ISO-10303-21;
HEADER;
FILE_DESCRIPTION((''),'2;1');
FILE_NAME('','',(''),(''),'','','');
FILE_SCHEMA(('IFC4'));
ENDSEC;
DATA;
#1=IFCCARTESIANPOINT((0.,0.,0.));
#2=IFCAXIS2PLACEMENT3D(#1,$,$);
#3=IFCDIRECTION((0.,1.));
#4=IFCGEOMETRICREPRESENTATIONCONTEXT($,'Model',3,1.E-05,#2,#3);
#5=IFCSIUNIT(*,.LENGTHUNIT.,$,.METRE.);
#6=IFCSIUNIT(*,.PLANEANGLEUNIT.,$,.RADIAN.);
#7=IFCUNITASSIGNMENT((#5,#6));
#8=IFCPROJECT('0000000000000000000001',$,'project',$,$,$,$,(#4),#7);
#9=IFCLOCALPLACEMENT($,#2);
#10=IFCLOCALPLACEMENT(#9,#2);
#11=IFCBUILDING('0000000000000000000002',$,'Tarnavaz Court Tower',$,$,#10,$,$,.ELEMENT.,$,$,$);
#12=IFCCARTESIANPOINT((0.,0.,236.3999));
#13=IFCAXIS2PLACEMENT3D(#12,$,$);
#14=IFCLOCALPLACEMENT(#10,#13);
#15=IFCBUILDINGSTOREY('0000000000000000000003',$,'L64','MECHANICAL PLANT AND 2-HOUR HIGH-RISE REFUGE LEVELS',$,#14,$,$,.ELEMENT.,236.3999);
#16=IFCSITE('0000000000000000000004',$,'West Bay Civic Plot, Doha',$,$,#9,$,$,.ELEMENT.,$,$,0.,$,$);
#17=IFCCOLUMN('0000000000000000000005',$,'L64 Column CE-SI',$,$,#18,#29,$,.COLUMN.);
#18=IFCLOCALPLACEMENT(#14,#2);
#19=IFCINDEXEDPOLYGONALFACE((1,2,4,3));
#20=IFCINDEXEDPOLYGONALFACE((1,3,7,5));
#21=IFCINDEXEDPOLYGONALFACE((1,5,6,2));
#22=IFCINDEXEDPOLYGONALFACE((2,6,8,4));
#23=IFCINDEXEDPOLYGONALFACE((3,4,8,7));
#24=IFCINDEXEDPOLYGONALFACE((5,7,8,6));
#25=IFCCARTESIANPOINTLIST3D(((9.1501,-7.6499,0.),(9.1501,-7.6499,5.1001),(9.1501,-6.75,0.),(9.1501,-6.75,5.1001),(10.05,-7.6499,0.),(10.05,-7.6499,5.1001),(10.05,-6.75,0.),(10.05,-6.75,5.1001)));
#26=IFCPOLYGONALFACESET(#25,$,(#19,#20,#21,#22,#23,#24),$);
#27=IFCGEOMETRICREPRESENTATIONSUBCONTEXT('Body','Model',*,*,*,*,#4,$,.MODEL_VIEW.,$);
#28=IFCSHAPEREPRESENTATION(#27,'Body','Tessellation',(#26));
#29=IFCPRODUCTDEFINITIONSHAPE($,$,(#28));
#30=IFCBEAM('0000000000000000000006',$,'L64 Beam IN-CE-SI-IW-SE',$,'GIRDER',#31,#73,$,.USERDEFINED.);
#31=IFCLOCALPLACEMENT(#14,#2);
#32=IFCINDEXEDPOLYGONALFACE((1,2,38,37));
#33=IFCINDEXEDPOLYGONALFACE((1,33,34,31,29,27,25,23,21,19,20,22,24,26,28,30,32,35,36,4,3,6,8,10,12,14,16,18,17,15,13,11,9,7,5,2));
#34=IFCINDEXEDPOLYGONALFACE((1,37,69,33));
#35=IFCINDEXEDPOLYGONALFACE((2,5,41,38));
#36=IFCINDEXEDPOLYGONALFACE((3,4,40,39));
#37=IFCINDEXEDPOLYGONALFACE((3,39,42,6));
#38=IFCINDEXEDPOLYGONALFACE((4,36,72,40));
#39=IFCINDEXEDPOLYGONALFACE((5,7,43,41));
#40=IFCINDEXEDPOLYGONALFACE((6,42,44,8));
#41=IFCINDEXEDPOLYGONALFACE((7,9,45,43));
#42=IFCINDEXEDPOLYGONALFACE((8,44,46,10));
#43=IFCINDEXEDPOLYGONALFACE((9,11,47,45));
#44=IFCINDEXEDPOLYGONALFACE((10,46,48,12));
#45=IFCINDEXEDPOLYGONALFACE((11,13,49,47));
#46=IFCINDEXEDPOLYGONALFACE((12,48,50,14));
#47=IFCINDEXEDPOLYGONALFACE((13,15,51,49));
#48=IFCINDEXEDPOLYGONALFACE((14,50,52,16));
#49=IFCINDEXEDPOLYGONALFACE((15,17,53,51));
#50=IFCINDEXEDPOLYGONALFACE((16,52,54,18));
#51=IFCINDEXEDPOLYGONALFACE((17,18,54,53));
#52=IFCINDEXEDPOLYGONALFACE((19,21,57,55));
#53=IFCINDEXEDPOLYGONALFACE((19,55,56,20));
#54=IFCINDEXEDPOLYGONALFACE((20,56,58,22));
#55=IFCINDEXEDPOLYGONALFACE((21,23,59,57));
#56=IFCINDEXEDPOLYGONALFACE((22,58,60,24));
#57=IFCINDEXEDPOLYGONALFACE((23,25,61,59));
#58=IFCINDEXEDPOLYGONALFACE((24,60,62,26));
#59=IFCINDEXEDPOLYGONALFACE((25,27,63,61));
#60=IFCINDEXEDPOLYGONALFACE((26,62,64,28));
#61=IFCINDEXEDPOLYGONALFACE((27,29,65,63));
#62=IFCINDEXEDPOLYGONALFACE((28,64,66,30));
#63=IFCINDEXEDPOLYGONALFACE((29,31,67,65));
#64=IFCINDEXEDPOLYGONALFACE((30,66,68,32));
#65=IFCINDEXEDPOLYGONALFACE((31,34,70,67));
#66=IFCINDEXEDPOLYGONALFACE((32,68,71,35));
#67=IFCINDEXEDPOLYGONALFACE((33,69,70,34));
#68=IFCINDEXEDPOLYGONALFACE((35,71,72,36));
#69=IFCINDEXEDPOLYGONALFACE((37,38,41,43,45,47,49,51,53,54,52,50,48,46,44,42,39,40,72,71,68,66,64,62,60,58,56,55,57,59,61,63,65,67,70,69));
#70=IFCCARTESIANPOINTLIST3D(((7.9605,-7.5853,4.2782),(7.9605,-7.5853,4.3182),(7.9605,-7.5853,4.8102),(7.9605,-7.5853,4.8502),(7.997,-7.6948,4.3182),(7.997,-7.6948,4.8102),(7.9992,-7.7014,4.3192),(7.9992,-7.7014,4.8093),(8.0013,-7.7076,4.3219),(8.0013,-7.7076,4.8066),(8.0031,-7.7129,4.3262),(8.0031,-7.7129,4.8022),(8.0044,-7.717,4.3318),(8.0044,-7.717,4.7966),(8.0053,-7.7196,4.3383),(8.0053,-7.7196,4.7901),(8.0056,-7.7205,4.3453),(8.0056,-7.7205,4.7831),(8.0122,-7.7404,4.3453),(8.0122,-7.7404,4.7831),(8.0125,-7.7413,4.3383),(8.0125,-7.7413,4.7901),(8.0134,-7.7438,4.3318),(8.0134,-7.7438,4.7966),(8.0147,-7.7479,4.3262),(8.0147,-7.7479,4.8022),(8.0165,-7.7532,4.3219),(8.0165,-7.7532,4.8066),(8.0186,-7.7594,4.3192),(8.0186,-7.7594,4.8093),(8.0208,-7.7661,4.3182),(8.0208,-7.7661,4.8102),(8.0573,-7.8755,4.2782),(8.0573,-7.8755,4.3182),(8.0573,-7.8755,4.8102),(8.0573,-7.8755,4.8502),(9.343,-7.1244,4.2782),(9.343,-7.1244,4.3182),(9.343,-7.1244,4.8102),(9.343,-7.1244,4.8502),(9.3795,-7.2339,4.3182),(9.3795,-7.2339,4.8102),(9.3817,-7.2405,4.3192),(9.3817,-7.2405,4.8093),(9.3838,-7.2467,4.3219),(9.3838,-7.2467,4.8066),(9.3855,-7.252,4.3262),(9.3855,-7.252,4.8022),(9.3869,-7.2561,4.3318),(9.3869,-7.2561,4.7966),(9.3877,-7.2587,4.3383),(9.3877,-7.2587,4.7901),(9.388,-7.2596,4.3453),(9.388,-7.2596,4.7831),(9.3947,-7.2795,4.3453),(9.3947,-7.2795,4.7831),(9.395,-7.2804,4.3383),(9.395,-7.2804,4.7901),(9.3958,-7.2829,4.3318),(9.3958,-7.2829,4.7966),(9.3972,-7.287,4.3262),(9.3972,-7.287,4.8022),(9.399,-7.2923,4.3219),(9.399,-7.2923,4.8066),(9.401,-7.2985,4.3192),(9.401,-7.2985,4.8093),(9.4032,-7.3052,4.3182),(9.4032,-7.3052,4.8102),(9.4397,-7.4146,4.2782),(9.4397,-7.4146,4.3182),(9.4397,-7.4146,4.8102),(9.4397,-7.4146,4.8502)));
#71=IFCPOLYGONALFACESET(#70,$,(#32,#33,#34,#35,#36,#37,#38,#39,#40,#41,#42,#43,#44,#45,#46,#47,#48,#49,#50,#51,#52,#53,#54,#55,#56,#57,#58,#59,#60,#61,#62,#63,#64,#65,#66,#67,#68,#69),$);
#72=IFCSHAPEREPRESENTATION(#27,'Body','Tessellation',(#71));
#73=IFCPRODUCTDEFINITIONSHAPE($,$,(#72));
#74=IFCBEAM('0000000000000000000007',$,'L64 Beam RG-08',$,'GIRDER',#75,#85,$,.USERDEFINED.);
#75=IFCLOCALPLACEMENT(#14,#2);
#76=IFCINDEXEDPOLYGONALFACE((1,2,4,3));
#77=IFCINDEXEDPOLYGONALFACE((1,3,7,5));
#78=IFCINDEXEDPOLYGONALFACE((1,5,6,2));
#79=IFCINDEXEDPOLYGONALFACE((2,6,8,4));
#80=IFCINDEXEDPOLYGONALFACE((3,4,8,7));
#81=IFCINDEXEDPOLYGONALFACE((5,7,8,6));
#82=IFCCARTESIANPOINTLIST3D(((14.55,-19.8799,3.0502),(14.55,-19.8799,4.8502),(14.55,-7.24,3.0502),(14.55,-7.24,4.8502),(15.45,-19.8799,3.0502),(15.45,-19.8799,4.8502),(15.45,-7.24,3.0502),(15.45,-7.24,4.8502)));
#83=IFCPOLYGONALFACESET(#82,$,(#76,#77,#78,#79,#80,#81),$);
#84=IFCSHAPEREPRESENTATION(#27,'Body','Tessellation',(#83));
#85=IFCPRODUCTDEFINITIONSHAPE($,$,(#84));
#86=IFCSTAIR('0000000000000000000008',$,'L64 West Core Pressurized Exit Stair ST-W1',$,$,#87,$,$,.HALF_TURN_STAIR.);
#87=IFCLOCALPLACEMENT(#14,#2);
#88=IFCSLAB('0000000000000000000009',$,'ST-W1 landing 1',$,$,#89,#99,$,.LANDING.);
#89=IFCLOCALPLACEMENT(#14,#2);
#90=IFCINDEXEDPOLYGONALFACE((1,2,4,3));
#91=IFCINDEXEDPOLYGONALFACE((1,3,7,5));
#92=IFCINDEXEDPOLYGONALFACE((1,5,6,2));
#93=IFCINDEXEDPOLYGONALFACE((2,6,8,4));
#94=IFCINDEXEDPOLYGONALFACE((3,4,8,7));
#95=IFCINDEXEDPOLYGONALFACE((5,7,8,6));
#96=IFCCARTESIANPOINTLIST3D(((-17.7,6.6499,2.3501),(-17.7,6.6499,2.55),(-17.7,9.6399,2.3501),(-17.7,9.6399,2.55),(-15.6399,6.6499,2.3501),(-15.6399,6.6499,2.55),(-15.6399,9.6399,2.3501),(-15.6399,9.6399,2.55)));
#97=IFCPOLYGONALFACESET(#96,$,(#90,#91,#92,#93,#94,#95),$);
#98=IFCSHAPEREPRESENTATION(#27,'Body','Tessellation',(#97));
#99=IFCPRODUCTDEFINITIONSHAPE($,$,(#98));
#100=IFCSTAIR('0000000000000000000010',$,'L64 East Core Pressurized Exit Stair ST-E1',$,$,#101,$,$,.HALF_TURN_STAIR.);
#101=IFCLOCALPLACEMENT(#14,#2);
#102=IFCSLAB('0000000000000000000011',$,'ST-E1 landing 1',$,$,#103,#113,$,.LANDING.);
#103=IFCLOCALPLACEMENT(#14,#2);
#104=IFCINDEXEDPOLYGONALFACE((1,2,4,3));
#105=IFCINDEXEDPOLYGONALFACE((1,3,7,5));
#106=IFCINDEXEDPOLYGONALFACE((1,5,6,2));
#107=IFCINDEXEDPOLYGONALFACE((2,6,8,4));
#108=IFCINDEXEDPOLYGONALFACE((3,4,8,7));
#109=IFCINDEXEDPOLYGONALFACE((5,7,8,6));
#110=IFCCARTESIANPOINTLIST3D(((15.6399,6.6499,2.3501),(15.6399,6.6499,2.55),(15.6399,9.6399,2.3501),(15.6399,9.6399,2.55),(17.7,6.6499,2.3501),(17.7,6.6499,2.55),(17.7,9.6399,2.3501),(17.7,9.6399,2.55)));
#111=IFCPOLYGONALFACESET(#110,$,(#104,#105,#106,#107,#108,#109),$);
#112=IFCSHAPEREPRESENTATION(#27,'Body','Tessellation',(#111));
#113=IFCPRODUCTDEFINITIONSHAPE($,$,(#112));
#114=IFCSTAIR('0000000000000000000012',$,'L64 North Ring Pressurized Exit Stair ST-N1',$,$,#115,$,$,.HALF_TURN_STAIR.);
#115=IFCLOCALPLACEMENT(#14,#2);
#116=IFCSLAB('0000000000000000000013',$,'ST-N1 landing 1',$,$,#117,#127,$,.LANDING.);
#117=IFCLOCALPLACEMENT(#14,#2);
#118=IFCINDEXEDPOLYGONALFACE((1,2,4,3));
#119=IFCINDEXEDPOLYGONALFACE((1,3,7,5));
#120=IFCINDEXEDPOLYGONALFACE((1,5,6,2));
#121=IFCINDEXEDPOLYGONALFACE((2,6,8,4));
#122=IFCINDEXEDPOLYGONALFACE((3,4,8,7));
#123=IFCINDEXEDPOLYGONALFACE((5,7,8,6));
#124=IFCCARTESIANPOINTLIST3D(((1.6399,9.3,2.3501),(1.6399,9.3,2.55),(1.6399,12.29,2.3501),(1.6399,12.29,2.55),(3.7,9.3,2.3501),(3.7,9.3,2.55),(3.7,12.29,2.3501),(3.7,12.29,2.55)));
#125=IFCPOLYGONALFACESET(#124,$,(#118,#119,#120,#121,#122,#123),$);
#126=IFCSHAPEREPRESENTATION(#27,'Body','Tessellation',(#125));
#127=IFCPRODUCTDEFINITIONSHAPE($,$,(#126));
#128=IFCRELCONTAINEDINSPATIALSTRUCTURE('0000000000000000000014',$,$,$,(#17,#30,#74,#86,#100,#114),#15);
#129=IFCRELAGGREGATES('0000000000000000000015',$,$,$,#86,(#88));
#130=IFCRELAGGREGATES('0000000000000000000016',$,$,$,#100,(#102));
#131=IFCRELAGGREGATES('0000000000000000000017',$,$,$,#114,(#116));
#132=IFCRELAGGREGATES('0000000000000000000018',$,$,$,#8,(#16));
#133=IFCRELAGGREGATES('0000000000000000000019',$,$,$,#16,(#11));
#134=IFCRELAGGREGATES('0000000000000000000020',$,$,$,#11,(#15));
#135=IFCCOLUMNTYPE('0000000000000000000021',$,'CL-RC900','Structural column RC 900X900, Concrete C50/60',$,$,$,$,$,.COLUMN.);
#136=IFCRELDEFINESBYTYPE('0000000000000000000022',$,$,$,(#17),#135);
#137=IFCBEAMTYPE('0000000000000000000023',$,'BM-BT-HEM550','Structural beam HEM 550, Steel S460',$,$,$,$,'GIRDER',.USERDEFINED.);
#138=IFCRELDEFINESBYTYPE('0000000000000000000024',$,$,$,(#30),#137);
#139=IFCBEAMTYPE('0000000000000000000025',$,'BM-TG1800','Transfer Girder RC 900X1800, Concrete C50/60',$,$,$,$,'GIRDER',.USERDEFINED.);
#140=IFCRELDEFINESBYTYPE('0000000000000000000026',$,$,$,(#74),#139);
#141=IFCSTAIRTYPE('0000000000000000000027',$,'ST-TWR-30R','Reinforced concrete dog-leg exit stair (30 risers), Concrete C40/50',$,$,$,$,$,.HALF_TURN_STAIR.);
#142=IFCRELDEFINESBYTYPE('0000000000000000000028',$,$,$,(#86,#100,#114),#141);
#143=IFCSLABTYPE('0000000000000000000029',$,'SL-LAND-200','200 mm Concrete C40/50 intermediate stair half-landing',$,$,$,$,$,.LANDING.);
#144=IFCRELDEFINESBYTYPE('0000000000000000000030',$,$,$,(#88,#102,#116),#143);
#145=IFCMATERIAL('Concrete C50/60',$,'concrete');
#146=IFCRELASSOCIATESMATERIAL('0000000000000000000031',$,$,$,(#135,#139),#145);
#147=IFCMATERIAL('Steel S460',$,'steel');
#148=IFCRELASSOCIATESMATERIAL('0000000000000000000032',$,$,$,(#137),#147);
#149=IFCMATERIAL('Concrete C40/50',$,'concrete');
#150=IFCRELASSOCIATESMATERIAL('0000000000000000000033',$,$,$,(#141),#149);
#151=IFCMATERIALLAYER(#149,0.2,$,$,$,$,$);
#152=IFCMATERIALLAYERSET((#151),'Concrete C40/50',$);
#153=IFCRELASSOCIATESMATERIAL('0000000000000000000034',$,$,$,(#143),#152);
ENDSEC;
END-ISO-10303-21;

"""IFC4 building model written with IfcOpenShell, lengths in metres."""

from ifc_helpers import new_model, si_unit, direction, frame, origin, origin_2d, place, context, subcontext, project, spatial, polyline, rectangle, i_section, outline, extrude, material, layer, layer_set, material_profile, profile_set, type_object, element, aggregate, save


model = new_model("IFC4")

# Units and contexts
model_context = context("Model", 3, precision=1e-05, world=origin(), true_north=direction((0.0, 1.0)))
body_context = subcontext(model_context, "Body", "Model", "MODEL_VIEW")
ifc_project = project(units=[si_unit("LENGTHUNIT", "METRE"), si_unit("PLANEANGLEUNIT", "RADIAN")], contexts=[model_context])

# Site, building, storey
site_placement = place(None, origin())
site = spatial("IfcSite", under=ifc_project, at=site_placement, Name="West Bay Civic Plot, Doha", CompositionType="ELEMENT", RefElevation=0.0)
building_placement = place(site_placement, origin())
building = spatial("IfcBuilding", under=site, at=building_placement, Name="Tarnavaz Court Tower", CompositionType="ELEMENT")
storey_placement = place(building_placement, frame((0.0, 0.0, 236.3999)))
storey = spatial("IfcBuildingStorey", under=building, at=storey_placement, Name="L64", Description="MECHANICAL PLANT AND 2-HOUR HIGH-RISE REFUGE LEVELS", CompositionType="ELEMENT", Elevation=236.3999)

# Column
ifc_material_1 = material(Name="Concrete C50/60", Category="concrete")
ifc_material_profile_1 = material_profile(ifc_material_1, rectangle(XDim=0.8999, YDim=0.8999, at=origin_2d()), Name="RC 900X900")
ifc_profile_set_1 = profile_set([ifc_material_profile_1], Name="Concrete C50/60")
column_type = type_object("IfcColumnType", Name="CL-RC900", Description="Structural column RC 900X900, Concrete C50/60", PredefinedType="COLUMN", material=ifc_profile_set_1)
column_placement = place(storey_placement, frame((9.6001, -7.2, 0.0), z_axis=(0.0, 0.0, 1.0), x_axis=(1.0, 0.0, 0.0)))
element("IfcColumn", 1, at=column_placement, inside=storey, type_object=column_type, Name="L64 Column CE-SI", PredefinedType="COLUMN", context=body_context, shape_type="SweptSolid", body=[
    extrude(rectangle(XDim=0.8999, YDim=0.8999, at=origin_2d()), origin(), (0.0, 0.0, 1.0), 5.1001),
])

# Beams
ifc_material_2 = material(Name="Steel S460", Category="steel")
ifc_material_profile_2 = material_profile(ifc_material_2, i_section(OverallWidth=0.3059, OverallDepth=0.572, WebThickness=0.021, FlangeThickness=0.04, FilletRadius=0.0271, at=origin_2d()), Name="HEM 550")
ifc_profile_set_2 = profile_set([ifc_material_profile_2], Name="Steel S460")
beam_type_1 = type_object("IfcBeamType", Name="BM-BT-HEM550", Description="Structural beam HEM 550, Steel S460", ElementType="GIRDER", PredefinedType="USERDEFINED", material=ifc_profile_set_2)
beam_1_placement = place(storey_placement, frame((9.3914, -7.2695, 4.5642), z_axis=(-0.948667, -0.316278, 0.0), x_axis=(0.316278, -0.948667, 0.0)))
element("IfcBeam", 2, at=beam_1_placement, inside=storey, type_object=beam_type_1, Name="L64 Beam IN-CE-SI-IW-SE", ObjectType="GIRDER", PredefinedType="USERDEFINED", context=body_context, shape_type="SweptSolid", body=[
    extrude(i_section(OverallWidth=0.3059, OverallDepth=0.572, WebThickness=0.021, FlangeThickness=0.04, FilletRadius=0.0271, at=origin_2d()), origin(), (0.0, 0.0, 1.0), 1.4573),
])
ifc_material_profile_3 = material_profile(ifc_material_1, rectangle(XDim=0.8999, YDim=1.8, at=origin_2d()), Name="RC 900X1800")
ifc_profile_set_3 = profile_set([ifc_material_profile_3], Name="Concrete C50/60")
beam_type_2 = type_object("IfcBeamType", Name="BM-TG1800", Description="Transfer Girder RC 900X1800, Concrete C50/60", ElementType="GIRDER", PredefinedType="USERDEFINED", material=ifc_profile_set_3)
beam_2_placement = place(storey_placement, frame((15.0, -7.24, 3.9502), z_axis=(0.0, -1.0, 0.0), x_axis=(1.0, 0.0, 0.0)))
element("IfcBeam", 3, at=beam_2_placement, inside=storey, type_object=beam_type_2, Name="L64 Beam RG-08", ObjectType="GIRDER", PredefinedType="USERDEFINED", context=body_context, shape_type="SweptSolid", body=[
    extrude(rectangle(XDim=0.8999, YDim=1.8, at=origin_2d()), origin(), (0.0, 0.0, 1.0), 12.6399),
])

# Stairs, slabs
ifc_material_3 = material(Name="Concrete C40/50", Category="concrete")
stair_type = type_object("IfcStairType", Name="ST-TWR-30R", Description="Reinforced concrete dog-leg exit stair (30 risers), Concrete C40/50", PredefinedType="HALF_TURN_STAIR", material=ifc_material_3)
stair_1_placement = place(storey_placement, origin())
stair_1 = element("IfcStair", 4, at=stair_1_placement, inside=storey, type_object=stair_type, Name="L64 West Core Pressurized Exit Stair ST-W1", PredefinedType="HALF_TURN_STAIR")
ifc_layer_1 = layer(ifc_material_3, 0.2)
ifc_layer_set_1 = layer_set([ifc_layer_1], Name="Concrete C40/50")
slab_type_1 = type_object("IfcSlabType", Name="SL-LAND-200", Description="200 mm Concrete C40/50 intermediate stair half-landing", PredefinedType="LANDING", material=ifc_layer_set_1)
slab_1_placement = place(storey_placement, frame((0.0, 0.0, 2.3501)))
slab_1 = element("IfcSlab", 5, at=slab_1_placement, type_object=slab_type_1, Name="ST-W1 landing 1", PredefinedType="LANDING", context=body_context, shape_type="SweptSolid", body=[
    extrude(outline(polyline([(-15.6399, 9.6399), (-17.7, 9.6399), (-17.7, 6.6499), (-15.6399, 6.6499), (-15.6399, 9.6399)])), origin(), (0.0, 0.0, 1.0), 0.2),
])
aggregate(stair_1, [slab_1])
stair_2_placement = place(storey_placement, origin())
stair_2 = element("IfcStair", 6, at=stair_2_placement, inside=storey, type_object=stair_type, Name="L64 East Core Pressurized Exit Stair ST-E1", PredefinedType="HALF_TURN_STAIR")
slab_2_placement = place(storey_placement, frame((0.0, 0.0, 2.3501)))
slab_2 = element("IfcSlab", 7, at=slab_2_placement, type_object=slab_type_1, Name="ST-E1 landing 1", PredefinedType="LANDING", context=body_context, shape_type="SweptSolid", body=[
    extrude(outline(polyline([(15.6399, 6.6499), (17.7, 6.6499), (17.7, 9.6399), (15.6399, 9.6399), (15.6399, 6.6499)])), origin(), (0.0, 0.0, 1.0), 0.2),
])
aggregate(stair_2, [slab_2])
stair_3_placement = place(storey_placement, origin())
stair_3 = element("IfcStair", 8, at=stair_3_placement, inside=storey, type_object=stair_type, Name="L64 North Ring Pressurized Exit Stair ST-N1", PredefinedType="HALF_TURN_STAIR")
slab_3_placement = place(storey_placement, frame((0.0, 0.0, 2.3501)))
slab_3 = element("IfcSlab", 9, at=slab_3_placement, type_object=slab_type_1, Name="ST-N1 landing 1", PredefinedType="LANDING", context=body_context, shape_type="SweptSolid", body=[
    extrude(outline(polyline([(1.6399, 9.3), (3.7, 9.3), (3.7, 12.29), (1.6399, 12.29), (1.6399, 9.3)])), origin(), (0.0, 0.0, 1.0), 0.2),
])
aggregate(stair_3, [slab_3])

save(model, "model.ifc")
